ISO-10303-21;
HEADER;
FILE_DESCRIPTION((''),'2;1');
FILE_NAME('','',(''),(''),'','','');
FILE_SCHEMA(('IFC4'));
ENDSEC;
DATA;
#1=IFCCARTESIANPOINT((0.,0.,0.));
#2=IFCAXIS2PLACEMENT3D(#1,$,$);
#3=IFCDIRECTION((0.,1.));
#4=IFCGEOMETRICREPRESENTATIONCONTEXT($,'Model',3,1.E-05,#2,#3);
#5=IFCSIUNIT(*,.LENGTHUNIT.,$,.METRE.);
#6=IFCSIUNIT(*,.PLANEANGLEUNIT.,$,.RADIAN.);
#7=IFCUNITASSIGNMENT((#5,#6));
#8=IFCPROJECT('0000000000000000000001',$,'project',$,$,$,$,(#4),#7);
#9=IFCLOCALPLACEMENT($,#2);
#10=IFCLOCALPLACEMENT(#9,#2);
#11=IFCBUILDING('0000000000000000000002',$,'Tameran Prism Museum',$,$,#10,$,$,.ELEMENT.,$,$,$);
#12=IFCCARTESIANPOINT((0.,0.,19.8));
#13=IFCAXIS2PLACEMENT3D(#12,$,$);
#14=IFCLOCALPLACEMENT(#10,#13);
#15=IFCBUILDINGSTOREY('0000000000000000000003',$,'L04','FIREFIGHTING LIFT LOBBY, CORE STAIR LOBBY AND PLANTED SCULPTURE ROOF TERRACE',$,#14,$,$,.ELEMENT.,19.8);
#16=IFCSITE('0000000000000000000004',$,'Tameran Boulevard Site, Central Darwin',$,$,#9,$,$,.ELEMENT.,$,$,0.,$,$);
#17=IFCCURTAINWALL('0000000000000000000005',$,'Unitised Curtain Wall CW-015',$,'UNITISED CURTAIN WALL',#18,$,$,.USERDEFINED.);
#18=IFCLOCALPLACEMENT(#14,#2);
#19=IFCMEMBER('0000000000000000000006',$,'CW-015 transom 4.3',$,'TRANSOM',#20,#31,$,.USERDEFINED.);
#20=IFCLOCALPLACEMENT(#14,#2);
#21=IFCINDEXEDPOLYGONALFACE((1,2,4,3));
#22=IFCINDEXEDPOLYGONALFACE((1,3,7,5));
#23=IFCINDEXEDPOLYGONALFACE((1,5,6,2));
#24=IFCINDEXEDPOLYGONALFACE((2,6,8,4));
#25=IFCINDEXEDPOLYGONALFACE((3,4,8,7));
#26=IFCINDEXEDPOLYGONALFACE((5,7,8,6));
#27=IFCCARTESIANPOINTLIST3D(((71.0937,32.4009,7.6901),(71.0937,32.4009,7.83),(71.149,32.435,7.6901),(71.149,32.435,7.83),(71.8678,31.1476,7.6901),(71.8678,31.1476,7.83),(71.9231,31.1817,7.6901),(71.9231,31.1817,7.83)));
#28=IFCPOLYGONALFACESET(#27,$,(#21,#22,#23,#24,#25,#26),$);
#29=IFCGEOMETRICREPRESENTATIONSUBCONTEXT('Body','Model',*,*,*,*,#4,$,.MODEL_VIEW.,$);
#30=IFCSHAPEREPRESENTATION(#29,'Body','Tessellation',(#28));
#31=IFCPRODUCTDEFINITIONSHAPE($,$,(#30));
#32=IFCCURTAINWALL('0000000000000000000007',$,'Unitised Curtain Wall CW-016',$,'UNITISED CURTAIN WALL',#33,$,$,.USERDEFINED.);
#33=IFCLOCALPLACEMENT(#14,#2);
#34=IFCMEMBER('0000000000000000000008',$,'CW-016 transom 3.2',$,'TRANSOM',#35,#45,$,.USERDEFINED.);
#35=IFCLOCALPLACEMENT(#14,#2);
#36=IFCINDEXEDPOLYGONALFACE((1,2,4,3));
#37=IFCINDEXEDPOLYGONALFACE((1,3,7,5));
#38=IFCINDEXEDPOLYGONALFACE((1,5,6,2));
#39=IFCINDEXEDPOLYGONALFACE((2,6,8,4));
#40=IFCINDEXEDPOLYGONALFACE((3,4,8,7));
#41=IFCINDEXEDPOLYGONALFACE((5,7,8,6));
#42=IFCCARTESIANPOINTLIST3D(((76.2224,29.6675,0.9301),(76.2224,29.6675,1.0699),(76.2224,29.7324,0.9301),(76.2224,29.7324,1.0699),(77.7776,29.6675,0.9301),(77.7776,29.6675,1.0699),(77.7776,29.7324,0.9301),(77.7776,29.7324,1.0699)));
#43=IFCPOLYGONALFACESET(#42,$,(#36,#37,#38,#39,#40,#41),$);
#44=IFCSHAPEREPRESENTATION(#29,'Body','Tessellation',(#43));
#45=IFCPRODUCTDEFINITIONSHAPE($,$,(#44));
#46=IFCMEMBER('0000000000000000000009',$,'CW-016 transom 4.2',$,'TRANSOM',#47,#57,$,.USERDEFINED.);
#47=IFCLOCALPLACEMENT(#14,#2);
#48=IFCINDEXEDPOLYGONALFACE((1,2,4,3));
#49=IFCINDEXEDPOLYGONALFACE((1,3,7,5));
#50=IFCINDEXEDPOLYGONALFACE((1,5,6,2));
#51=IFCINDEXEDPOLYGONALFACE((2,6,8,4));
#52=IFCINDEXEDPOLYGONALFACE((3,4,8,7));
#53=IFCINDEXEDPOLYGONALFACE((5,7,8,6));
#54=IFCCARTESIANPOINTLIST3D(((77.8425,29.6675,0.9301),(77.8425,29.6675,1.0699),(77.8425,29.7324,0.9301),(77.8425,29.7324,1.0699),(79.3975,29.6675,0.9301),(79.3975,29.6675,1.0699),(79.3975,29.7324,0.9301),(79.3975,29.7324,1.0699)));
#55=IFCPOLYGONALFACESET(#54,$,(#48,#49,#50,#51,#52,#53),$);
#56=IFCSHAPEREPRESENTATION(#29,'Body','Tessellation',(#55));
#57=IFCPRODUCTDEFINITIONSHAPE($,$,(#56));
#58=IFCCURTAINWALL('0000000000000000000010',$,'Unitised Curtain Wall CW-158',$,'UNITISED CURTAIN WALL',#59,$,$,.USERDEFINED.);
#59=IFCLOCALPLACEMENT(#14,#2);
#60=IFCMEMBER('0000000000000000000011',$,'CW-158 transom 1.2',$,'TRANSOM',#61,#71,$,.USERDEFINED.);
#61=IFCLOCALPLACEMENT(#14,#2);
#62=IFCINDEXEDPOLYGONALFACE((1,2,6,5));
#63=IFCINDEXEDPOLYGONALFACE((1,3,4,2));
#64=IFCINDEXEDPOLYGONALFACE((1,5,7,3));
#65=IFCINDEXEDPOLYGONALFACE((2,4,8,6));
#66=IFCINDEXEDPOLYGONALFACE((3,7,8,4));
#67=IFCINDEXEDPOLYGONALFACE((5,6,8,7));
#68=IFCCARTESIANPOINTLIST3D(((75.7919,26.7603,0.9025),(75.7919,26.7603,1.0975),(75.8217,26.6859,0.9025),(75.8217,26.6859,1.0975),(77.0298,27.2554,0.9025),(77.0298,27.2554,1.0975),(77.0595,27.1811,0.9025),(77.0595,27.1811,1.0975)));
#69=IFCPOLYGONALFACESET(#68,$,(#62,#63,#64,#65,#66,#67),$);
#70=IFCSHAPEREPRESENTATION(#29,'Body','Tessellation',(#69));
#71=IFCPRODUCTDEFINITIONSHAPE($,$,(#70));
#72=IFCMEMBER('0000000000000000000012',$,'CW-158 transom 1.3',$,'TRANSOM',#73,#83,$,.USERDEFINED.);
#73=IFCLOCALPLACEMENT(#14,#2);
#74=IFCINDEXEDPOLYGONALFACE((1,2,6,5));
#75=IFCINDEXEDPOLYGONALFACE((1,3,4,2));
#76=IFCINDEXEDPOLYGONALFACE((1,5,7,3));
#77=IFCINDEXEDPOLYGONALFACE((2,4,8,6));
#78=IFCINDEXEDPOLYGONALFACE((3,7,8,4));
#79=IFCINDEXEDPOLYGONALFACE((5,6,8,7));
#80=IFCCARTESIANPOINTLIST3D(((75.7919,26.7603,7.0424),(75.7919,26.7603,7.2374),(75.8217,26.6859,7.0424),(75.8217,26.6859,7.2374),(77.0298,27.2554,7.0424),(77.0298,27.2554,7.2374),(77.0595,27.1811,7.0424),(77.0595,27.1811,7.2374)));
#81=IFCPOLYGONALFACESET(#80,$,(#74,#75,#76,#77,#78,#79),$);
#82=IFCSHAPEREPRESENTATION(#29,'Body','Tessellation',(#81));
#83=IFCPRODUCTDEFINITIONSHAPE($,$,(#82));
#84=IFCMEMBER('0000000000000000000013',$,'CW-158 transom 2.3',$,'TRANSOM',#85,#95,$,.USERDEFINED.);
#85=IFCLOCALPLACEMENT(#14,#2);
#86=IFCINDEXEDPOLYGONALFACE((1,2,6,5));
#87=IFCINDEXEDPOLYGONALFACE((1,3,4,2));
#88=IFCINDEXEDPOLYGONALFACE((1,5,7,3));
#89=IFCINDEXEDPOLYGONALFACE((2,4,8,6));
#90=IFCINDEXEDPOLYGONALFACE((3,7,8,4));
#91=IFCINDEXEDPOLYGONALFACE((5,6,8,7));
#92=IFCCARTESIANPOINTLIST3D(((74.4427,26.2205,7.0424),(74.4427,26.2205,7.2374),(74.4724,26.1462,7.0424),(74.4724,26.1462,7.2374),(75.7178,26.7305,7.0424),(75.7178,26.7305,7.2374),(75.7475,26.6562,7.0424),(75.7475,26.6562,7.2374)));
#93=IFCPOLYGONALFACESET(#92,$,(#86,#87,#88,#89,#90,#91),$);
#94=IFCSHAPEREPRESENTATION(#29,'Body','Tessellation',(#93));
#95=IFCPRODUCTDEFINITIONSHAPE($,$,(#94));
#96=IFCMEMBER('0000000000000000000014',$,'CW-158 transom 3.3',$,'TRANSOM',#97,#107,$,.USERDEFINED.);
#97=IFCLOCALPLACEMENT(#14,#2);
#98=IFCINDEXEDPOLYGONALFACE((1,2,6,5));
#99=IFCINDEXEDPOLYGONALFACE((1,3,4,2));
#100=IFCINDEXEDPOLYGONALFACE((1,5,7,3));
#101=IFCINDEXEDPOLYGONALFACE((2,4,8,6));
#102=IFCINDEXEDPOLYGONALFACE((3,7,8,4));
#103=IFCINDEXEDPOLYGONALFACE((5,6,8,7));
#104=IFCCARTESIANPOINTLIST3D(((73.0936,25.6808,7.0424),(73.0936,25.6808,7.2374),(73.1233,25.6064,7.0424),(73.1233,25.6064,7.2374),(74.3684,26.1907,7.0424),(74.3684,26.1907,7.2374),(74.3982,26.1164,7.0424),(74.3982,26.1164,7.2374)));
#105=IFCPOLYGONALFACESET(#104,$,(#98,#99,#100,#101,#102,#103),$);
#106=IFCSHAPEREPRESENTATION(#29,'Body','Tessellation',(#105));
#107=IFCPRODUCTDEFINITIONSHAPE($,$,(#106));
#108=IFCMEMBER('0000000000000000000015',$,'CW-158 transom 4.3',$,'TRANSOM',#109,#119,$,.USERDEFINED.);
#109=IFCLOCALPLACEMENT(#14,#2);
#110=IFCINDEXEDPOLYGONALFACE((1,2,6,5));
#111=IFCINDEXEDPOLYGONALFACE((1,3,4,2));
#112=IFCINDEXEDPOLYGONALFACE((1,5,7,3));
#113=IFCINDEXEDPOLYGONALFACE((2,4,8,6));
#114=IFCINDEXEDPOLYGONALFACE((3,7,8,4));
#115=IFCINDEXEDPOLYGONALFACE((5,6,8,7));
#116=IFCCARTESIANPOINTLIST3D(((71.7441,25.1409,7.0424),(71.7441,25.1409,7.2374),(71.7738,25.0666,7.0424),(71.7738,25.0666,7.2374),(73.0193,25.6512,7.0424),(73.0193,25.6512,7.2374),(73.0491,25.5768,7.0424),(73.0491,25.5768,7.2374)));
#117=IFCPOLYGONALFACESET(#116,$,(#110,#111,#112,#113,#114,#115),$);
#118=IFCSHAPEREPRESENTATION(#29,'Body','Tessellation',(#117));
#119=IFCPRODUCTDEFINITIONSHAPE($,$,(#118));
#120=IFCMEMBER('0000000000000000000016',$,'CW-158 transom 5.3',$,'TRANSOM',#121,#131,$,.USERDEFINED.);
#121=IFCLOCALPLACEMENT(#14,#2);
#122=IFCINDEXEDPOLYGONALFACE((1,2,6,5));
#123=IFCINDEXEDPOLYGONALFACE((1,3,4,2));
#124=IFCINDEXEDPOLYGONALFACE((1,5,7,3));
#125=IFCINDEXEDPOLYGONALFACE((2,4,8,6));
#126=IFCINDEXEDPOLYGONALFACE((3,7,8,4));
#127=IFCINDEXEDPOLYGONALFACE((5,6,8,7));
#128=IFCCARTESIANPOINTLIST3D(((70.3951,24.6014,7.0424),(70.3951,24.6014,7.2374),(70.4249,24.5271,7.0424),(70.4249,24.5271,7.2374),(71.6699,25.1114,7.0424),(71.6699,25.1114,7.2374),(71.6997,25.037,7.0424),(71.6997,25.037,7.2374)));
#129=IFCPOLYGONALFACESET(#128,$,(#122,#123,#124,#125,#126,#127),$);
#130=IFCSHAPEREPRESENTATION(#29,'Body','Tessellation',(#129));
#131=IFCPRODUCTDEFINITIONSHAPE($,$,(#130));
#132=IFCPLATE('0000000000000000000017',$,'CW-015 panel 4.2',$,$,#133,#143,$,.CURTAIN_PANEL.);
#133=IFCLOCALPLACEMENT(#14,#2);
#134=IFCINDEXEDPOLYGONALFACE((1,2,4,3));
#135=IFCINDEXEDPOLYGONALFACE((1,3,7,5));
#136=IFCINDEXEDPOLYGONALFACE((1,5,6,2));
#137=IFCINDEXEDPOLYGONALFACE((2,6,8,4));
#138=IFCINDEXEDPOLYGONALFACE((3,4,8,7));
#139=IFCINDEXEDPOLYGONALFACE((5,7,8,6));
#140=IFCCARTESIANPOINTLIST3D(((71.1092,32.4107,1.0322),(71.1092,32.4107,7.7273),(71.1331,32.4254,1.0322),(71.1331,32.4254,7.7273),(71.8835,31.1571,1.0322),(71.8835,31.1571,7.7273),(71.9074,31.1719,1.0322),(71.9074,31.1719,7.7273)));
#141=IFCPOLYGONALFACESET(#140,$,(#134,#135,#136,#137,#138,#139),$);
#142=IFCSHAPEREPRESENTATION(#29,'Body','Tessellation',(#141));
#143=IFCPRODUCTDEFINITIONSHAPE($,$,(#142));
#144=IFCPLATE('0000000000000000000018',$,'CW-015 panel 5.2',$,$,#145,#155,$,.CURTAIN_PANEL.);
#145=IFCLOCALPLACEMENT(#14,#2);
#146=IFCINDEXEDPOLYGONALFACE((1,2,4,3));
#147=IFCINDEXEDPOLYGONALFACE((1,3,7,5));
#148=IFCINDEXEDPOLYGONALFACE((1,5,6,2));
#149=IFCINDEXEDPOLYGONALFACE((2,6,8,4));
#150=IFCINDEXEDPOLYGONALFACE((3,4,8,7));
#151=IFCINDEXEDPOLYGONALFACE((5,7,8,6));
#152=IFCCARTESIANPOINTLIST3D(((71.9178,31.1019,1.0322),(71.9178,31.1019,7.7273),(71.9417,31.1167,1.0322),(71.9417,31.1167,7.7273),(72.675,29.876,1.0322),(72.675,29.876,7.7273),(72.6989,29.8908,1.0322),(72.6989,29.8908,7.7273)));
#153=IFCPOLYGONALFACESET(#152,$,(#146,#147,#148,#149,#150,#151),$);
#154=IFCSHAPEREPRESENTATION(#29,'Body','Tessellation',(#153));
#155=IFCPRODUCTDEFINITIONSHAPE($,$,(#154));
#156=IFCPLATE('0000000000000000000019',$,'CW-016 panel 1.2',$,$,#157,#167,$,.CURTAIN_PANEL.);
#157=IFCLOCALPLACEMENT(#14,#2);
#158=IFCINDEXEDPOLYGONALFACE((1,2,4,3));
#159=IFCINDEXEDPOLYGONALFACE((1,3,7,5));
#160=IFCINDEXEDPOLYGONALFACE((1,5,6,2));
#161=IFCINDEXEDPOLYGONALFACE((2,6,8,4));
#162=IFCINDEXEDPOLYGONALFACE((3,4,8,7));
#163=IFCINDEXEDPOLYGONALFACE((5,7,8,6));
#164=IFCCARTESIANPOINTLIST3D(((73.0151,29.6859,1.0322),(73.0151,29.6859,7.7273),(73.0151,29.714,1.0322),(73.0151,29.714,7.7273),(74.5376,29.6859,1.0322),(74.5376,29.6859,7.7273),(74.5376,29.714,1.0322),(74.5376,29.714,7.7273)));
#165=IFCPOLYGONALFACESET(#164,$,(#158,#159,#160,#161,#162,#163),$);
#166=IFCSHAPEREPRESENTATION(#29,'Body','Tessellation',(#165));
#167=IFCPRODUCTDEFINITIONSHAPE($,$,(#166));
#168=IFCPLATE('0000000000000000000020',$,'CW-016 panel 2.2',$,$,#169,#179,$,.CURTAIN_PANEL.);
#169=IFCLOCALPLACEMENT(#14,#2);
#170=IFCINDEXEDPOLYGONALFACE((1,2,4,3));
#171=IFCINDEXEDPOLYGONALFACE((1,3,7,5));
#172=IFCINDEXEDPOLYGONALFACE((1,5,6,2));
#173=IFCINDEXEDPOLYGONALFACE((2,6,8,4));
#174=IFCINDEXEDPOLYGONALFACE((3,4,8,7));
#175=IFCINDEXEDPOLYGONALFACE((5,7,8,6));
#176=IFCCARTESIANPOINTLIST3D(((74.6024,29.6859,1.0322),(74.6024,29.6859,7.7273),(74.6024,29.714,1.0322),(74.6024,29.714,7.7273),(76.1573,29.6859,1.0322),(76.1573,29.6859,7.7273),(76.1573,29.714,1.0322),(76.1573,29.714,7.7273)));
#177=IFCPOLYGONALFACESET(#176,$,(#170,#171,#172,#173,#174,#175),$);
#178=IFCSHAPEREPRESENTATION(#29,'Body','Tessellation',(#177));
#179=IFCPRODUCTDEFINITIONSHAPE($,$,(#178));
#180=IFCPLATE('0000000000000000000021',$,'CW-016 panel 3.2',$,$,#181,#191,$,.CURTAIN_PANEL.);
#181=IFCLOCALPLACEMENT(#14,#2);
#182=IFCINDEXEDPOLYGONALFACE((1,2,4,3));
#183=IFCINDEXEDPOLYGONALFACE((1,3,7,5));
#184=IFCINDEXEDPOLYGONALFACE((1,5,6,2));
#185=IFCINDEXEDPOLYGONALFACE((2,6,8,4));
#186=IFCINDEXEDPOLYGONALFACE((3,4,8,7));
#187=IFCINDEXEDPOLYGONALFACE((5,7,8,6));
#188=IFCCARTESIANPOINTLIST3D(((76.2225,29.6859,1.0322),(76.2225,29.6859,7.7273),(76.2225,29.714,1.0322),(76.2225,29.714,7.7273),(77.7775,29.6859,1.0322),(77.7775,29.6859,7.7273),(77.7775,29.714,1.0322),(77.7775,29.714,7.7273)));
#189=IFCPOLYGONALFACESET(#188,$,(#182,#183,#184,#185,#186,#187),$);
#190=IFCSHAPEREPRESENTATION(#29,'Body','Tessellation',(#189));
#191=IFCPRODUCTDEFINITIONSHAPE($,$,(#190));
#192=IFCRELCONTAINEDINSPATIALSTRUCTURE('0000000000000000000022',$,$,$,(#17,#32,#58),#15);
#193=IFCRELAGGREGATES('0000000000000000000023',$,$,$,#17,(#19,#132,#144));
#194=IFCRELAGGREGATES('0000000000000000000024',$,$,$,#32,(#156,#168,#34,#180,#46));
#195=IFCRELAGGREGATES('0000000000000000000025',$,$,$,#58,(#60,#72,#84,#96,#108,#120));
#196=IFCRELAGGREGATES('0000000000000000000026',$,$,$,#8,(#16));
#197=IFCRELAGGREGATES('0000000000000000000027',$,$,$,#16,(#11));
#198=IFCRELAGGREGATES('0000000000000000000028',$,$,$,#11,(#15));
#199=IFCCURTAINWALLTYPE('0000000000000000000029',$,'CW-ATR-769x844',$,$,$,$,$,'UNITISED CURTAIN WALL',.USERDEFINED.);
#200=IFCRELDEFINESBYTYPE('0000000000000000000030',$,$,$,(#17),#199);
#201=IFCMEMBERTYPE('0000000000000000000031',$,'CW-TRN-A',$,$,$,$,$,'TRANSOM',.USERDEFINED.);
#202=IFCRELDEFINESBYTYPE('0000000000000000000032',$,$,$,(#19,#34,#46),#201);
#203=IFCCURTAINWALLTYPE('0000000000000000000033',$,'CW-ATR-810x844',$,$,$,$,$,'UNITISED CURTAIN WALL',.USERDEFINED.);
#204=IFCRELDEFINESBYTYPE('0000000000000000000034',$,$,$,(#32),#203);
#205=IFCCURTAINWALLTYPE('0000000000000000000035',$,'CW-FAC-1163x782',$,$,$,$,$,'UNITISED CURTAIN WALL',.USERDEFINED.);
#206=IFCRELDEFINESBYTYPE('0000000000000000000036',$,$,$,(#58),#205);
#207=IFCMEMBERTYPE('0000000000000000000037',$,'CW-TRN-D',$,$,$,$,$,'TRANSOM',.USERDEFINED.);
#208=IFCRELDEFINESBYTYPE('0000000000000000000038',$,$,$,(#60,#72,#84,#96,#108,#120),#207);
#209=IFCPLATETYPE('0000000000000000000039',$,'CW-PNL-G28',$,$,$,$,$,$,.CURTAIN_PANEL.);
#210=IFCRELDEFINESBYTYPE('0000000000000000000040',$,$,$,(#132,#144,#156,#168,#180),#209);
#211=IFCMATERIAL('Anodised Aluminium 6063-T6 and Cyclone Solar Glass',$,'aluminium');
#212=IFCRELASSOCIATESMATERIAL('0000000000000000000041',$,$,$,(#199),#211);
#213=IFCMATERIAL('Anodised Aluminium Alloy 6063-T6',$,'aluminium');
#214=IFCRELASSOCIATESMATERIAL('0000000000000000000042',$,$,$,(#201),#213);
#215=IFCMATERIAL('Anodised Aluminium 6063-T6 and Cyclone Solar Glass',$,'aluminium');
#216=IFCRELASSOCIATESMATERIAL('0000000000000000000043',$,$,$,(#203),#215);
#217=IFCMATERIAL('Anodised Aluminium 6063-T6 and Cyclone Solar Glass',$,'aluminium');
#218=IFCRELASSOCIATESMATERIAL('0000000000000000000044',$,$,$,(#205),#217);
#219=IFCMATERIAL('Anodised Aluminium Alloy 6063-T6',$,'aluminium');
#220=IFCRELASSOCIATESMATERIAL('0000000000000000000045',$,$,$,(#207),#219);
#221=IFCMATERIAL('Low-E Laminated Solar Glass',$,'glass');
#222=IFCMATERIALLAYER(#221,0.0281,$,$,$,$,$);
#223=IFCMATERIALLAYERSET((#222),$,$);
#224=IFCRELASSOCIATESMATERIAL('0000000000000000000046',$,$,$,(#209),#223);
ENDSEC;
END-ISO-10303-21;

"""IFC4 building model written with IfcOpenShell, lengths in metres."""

from ifc_helpers import new_model, si_unit, direction, frame, origin, origin_2d, place, context, subcontext, project, spatial, rectangle, extrude, material, layer, layer_set, material_profile, profile_set, type_object, element, aggregate, save


model = new_model("IFC4")

# Units and contexts
model_context = context("Model", 3, precision=1e-05, world=origin(), true_north=direction((0.0, 1.0)))
body_context = subcontext(model_context, "Body", "Model", "MODEL_VIEW")
ifc_project = project(units=[si_unit("LENGTHUNIT", "METRE"), si_unit("PLANEANGLEUNIT", "RADIAN")], contexts=[model_context])

# Site, building, storey
site_placement = place(None, origin())
site = spatial("IfcSite", under=ifc_project, at=site_placement, Name="Tameran Boulevard Site, Central Darwin", CompositionType="ELEMENT", RefElevation=0.0)
building_placement = place(site_placement, origin())
building = spatial("IfcBuilding", under=site, at=building_placement, Name="Tameran Prism Museum", CompositionType="ELEMENT")
storey_placement = place(building_placement, frame((0.0, 0.0, 19.8)))
storey = spatial("IfcBuildingStorey", under=building, at=storey_placement, Name="L04", Description="FIREFIGHTING LIFT LOBBY, CORE STAIR LOBBY AND PLANTED SCULPTURE ROOF TERRACE", CompositionType="ELEMENT", Elevation=19.8)

# Curtain wall, member
ifc_material_1 = material(Name="Anodised Aluminium 6063-T6 and Cyclone Solar Glass", Category="aluminium")
curtain_wall_type_1 = type_object("IfcCurtainWallType", Name="CW-ATR-769x844", ElementType="UNITISED CURTAIN WALL", PredefinedType="USERDEFINED", material=ifc_material_1)
curtain_wall_1_placement = place(storey_placement, origin())
curtain_wall_1 = element("IfcCurtainWall", 1, at=curtain_wall_1_placement, inside=storey, type_object=curtain_wall_type_1, Name="Unitised Curtain Wall CW-015", ObjectType="UNITISED CURTAIN WALL", PredefinedType="USERDEFINED")
ifc_material_2 = material(Name="Anodised Aluminium Alloy 6063-T6", Category="aluminium")
ifc_material_profile_1 = material_profile(ifc_material_2, rectangle(XDim=0.0649, YDim=0.1399, at=origin_2d()))
ifc_profile_set_1 = profile_set([ifc_material_profile_1])
member_type_1 = type_object("IfcMemberType", Name="CW-TRN-A", ElementType="TRANSOM", PredefinedType="USERDEFINED", material=ifc_profile_set_1)
member_1_placement = place(storey_placement, frame((71.1213, 32.418, 7.76), z_axis=(0.525493, -0.850798, 0.0), x_axis=(0.850798, 0.525493, 0.0)))
member_1 = element("IfcMember", 2, at=member_1_placement, type_object=member_type_1, Name="CW-015 transom 4.3", ObjectType="TRANSOM", PredefinedType="USERDEFINED", context=body_context, shape_type="SweptSolid", body=[
    extrude(rectangle(XDim=0.0649, YDim=0.1399, at=origin_2d()), origin(), (0.0, 0.0, 1.0), 1.4731),
])

# Curtain walls, members
ifc_material_3 = material(Name="Anodised Aluminium 6063-T6 and Cyclone Solar Glass", Category="aluminium")
curtain_wall_type_2 = type_object("IfcCurtainWallType", Name="CW-ATR-810x844", ElementType="UNITISED CURTAIN WALL", PredefinedType="USERDEFINED", material=ifc_material_3)
curtain_wall_2_placement = place(storey_placement, origin())
curtain_wall_2 = element("IfcCurtainWall", 3, at=curtain_wall_2_placement, inside=storey, type_object=curtain_wall_type_2, Name="Unitised Curtain Wall CW-016", ObjectType="UNITISED CURTAIN WALL", PredefinedType="USERDEFINED")
member_2_placement = place(storey_placement, frame((76.2224, 29.7, 1.0), z_axis=(1.0, 0.0, 0.0), x_axis=(0.0, 1.0, 0.0)))
member_2 = element("IfcMember", 4, at=member_2_placement, type_object=member_type_1, Name="CW-016 transom 3.2", ObjectType="TRANSOM", PredefinedType="USERDEFINED", context=body_context, shape_type="SweptSolid", body=[
    extrude(rectangle(XDim=0.0649, YDim=0.1399, at=origin_2d()), origin(), (0.0, 0.0, 1.0), 1.5552),
])
member_3_placement = place(storey_placement, frame((77.8425, 29.7, 1.0), z_axis=(1.0, 0.0, 0.0), x_axis=(0.0, 1.0, 0.0)))
member_3 = element("IfcMember", 5, at=member_3_placement, type_object=member_type_1, Name="CW-016 transom 4.2", ObjectType="TRANSOM", PredefinedType="USERDEFINED", context=body_context, shape_type="SweptSolid", body=[
    extrude(rectangle(XDim=0.0649, YDim=0.1399, at=origin_2d()), origin(), (0.0, 0.0, 1.0), 1.5549),
])
ifc_material_4 = material(Name="Anodised Aluminium 6063-T6 and Cyclone Solar Glass", Category="aluminium")
curtain_wall_type_3 = type_object("IfcCurtainWallType", Name="CW-FAC-1163x782", ElementType="UNITISED CURTAIN WALL", PredefinedType="USERDEFINED", material=ifc_material_4)
curtain_wall_3_placement = place(storey_placement, origin())
curtain_wall_3 = element("IfcCurtainWall", 6, at=curtain_wall_3_placement, inside=storey, type_object=curtain_wall_type_3, Name="Unitised Curtain Wall CW-158", ObjectType="UNITISED CURTAIN WALL", PredefinedType="USERDEFINED")
ifc_material_5 = material(Name="Anodised Aluminium Alloy 6063-T6", Category="aluminium")
ifc_material_profile_2 = material_profile(ifc_material_5, rectangle(XDim=0.0801, YDim=0.1951, at=origin_2d()))
ifc_profile_set_2 = profile_set([ifc_material_profile_2])
member_type_2 = type_object("IfcMemberType", Name="CW-TRN-D", ElementType="TRANSOM", PredefinedType="USERDEFINED", material=ifc_profile_set_2)
member_4_placement = place(storey_placement, frame((77.0447, 27.2183, 1.0), z_axis=(-0.928477, -0.371391, 0.0), x_axis=(0.371391, -0.928477, 0.0)))
member_4 = element("IfcMember", 7, at=member_4_placement, type_object=member_type_2, Name="CW-158 transom 1.2", ObjectType="TRANSOM", PredefinedType="USERDEFINED", context=body_context, shape_type="SweptSolid", body=[
    extrude(rectangle(XDim=0.0801, YDim=0.1951, at=origin_2d()), origin(), (0.0, 0.0, 1.0), 1.3333),
])
member_5_placement = place(storey_placement, frame((77.0447, 27.2183, 7.1399), z_axis=(-0.928477, -0.371391, 0.0), x_axis=(0.371391, -0.928477, 0.0)))
member_5 = element("IfcMember", 8, at=member_5_placement, type_object=member_type_2, Name="CW-158 transom 1.3", ObjectType="TRANSOM", PredefinedType="USERDEFINED", context=body_context, shape_type="SweptSolid", body=[
    extrude(rectangle(XDim=0.0801, YDim=0.1951, at=origin_2d()), origin(), (0.0, 0.0, 1.0), 1.3333),
])
member_6_placement = place(storey_placement, frame((75.7327, 26.6934, 7.1399), z_axis=(-0.928489, -0.37136, 0.0), x_axis=(0.37136, -0.928489, 0.0)))
member_6 = element("IfcMember", 9, at=member_6_placement, type_object=member_type_2, Name="CW-158 transom 2.3", ObjectType="TRANSOM", PredefinedType="USERDEFINED", context=body_context, shape_type="SweptSolid", body=[
    extrude(rectangle(XDim=0.0801, YDim=0.1951, at=origin_2d()), origin(), (0.0, 0.0, 1.0), 1.3733),
])
member_7_placement = place(storey_placement, frame((74.3833, 26.1536, 7.1399), z_axis=(-0.928464, -0.371421, 0.0), x_axis=(0.371421, -0.928464, 0.0)))
member_7 = element("IfcMember", 10, at=member_7_placement, type_object=member_type_2, Name="CW-158 transom 3.3", ObjectType="TRANSOM", PredefinedType="USERDEFINED", context=body_context, shape_type="SweptSolid", body=[
    extrude(rectangle(XDim=0.0801, YDim=0.1951, at=origin_2d()), origin(), (0.0, 0.0, 1.0), 1.373),
])
member_8_placement = place(storey_placement, frame((73.0342, 25.614, 7.1399), z_axis=(-0.928428, -0.371513, 0.0), x_axis=(0.371513, -0.928428, 0.0)))
member_8 = element("IfcMember", 11, at=member_8_placement, type_object=member_type_2, Name="CW-158 transom 4.3", ObjectType="TRANSOM", PredefinedType="USERDEFINED", context=body_context, shape_type="SweptSolid", body=[
    extrude(rectangle(XDim=0.0801, YDim=0.1951, at=origin_2d()), origin(), (0.0, 0.0, 1.0), 1.3735),
])
member_9_placement = place(storey_placement, frame((71.6848, 25.0742, 7.1399), z_axis=(-0.928464, -0.371421, 0.0), x_axis=(0.371421, -0.928464, 0.0)))
member_9 = element("IfcMember", 12, at=member_9_placement, type_object=member_type_2, Name="CW-158 transom 5.3", ObjectType="TRANSOM", PredefinedType="USERDEFINED", context=body_context, shape_type="SweptSolid", body=[
    extrude(rectangle(XDim=0.0801, YDim=0.1951, at=origin_2d()), origin(), (0.0, 0.0, 1.0), 1.373),
])

# Plates
ifc_material_6 = material(Name="Low-E Laminated Solar Glass", Category="glass")
ifc_layer_1 = layer(ifc_material_6, 0.0281)
ifc_layer_set_1 = layer_set([ifc_layer_1])
plate_type_1 = type_object("IfcPlateType", Name="CW-PNL-G28", PredefinedType="CURTAIN_PANEL", material=ifc_layer_set_1)
plate_1_placement = place(storey_placement, frame((71.5083, 31.7913, 1.0322), z_axis=(0.0, 0.0, 1.0), x_axis=(0.525504, -0.850791, 0.0)))
plate_1 = element("IfcPlate", 13, at=plate_1_placement, type_object=plate_type_1, Name="CW-015 panel 4.2", PredefinedType="CURTAIN_PANEL", context=body_context, shape_type="SweptSolid", body=[
    extrude(rectangle(XDim=1.4734, YDim=0.0281, at=origin_2d()), origin(), (0.0, 0.0, 1.0), 6.6951),
])
plate_2_placement = place(storey_placement, frame((72.3083, 30.4963, 1.0322), z_axis=(0.0, 0.0, 1.0), x_axis=(0.525504, -0.850791, 0.0)))
plate_2 = element("IfcPlate", 14, at=plate_2_placement, type_object=plate_type_1, Name="CW-015 panel 5.2", PredefinedType="CURTAIN_PANEL", context=body_context, shape_type="SweptSolid", body=[
    extrude(rectangle(XDim=1.4409, YDim=0.0281, at=origin_2d()), origin(), (0.0, 0.0, 1.0), 6.6951),
])
aggregate(curtain_wall_1, [member_1, plate_1, plate_2])
plate_3_placement = place(storey_placement, frame((73.7764, 29.7, 1.0322), z_axis=(0.0, 0.0, 1.0), x_axis=(1.0, 0.0, 0.0)))
plate_3 = element("IfcPlate", 15, at=plate_3_placement, type_object=plate_type_1, Name="CW-016 panel 1.2", PredefinedType="CURTAIN_PANEL", context=body_context, shape_type="SweptSolid", body=[
    extrude(rectangle(XDim=1.5225, YDim=0.0281, at=origin_2d()), origin(), (0.0, 0.0, 1.0), 6.6951),
])
plate_4_placement = place(storey_placement, frame((75.3799, 29.7, 1.0322), z_axis=(0.0, 0.0, 1.0), x_axis=(1.0, 0.0, 0.0)))
plate_4 = element("IfcPlate", 16, at=plate_4_placement, type_object=plate_type_1, Name="CW-016 panel 2.2", PredefinedType="CURTAIN_PANEL", context=body_context, shape_type="SweptSolid", body=[
    extrude(rectangle(XDim=1.5549, YDim=0.0281, at=origin_2d()), origin(), (0.0, 0.0, 1.0), 6.6951),
])
plate_5_placement = place(storey_placement, frame((77.0, 29.7, 1.0322), z_axis=(0.0, 0.0, 1.0), x_axis=(1.0, 0.0, 0.0)))
plate_5 = element("IfcPlate", 17, at=plate_5_placement, type_object=plate_type_1, Name="CW-016 panel 3.2", PredefinedType="CURTAIN_PANEL", context=body_context, shape_type="SweptSolid", body=[
    extrude(rectangle(XDim=1.5549, YDim=0.0281, at=origin_2d()), origin(), (0.0, 0.0, 1.0), 6.6951),
])
aggregate(curtain_wall_2, [plate_3, plate_4, member_2, plate_5, member_3])
aggregate(curtain_wall_3, [member_4, member_5, member_6, member_7, member_8, member_9])

save(model, "model.ifc")
